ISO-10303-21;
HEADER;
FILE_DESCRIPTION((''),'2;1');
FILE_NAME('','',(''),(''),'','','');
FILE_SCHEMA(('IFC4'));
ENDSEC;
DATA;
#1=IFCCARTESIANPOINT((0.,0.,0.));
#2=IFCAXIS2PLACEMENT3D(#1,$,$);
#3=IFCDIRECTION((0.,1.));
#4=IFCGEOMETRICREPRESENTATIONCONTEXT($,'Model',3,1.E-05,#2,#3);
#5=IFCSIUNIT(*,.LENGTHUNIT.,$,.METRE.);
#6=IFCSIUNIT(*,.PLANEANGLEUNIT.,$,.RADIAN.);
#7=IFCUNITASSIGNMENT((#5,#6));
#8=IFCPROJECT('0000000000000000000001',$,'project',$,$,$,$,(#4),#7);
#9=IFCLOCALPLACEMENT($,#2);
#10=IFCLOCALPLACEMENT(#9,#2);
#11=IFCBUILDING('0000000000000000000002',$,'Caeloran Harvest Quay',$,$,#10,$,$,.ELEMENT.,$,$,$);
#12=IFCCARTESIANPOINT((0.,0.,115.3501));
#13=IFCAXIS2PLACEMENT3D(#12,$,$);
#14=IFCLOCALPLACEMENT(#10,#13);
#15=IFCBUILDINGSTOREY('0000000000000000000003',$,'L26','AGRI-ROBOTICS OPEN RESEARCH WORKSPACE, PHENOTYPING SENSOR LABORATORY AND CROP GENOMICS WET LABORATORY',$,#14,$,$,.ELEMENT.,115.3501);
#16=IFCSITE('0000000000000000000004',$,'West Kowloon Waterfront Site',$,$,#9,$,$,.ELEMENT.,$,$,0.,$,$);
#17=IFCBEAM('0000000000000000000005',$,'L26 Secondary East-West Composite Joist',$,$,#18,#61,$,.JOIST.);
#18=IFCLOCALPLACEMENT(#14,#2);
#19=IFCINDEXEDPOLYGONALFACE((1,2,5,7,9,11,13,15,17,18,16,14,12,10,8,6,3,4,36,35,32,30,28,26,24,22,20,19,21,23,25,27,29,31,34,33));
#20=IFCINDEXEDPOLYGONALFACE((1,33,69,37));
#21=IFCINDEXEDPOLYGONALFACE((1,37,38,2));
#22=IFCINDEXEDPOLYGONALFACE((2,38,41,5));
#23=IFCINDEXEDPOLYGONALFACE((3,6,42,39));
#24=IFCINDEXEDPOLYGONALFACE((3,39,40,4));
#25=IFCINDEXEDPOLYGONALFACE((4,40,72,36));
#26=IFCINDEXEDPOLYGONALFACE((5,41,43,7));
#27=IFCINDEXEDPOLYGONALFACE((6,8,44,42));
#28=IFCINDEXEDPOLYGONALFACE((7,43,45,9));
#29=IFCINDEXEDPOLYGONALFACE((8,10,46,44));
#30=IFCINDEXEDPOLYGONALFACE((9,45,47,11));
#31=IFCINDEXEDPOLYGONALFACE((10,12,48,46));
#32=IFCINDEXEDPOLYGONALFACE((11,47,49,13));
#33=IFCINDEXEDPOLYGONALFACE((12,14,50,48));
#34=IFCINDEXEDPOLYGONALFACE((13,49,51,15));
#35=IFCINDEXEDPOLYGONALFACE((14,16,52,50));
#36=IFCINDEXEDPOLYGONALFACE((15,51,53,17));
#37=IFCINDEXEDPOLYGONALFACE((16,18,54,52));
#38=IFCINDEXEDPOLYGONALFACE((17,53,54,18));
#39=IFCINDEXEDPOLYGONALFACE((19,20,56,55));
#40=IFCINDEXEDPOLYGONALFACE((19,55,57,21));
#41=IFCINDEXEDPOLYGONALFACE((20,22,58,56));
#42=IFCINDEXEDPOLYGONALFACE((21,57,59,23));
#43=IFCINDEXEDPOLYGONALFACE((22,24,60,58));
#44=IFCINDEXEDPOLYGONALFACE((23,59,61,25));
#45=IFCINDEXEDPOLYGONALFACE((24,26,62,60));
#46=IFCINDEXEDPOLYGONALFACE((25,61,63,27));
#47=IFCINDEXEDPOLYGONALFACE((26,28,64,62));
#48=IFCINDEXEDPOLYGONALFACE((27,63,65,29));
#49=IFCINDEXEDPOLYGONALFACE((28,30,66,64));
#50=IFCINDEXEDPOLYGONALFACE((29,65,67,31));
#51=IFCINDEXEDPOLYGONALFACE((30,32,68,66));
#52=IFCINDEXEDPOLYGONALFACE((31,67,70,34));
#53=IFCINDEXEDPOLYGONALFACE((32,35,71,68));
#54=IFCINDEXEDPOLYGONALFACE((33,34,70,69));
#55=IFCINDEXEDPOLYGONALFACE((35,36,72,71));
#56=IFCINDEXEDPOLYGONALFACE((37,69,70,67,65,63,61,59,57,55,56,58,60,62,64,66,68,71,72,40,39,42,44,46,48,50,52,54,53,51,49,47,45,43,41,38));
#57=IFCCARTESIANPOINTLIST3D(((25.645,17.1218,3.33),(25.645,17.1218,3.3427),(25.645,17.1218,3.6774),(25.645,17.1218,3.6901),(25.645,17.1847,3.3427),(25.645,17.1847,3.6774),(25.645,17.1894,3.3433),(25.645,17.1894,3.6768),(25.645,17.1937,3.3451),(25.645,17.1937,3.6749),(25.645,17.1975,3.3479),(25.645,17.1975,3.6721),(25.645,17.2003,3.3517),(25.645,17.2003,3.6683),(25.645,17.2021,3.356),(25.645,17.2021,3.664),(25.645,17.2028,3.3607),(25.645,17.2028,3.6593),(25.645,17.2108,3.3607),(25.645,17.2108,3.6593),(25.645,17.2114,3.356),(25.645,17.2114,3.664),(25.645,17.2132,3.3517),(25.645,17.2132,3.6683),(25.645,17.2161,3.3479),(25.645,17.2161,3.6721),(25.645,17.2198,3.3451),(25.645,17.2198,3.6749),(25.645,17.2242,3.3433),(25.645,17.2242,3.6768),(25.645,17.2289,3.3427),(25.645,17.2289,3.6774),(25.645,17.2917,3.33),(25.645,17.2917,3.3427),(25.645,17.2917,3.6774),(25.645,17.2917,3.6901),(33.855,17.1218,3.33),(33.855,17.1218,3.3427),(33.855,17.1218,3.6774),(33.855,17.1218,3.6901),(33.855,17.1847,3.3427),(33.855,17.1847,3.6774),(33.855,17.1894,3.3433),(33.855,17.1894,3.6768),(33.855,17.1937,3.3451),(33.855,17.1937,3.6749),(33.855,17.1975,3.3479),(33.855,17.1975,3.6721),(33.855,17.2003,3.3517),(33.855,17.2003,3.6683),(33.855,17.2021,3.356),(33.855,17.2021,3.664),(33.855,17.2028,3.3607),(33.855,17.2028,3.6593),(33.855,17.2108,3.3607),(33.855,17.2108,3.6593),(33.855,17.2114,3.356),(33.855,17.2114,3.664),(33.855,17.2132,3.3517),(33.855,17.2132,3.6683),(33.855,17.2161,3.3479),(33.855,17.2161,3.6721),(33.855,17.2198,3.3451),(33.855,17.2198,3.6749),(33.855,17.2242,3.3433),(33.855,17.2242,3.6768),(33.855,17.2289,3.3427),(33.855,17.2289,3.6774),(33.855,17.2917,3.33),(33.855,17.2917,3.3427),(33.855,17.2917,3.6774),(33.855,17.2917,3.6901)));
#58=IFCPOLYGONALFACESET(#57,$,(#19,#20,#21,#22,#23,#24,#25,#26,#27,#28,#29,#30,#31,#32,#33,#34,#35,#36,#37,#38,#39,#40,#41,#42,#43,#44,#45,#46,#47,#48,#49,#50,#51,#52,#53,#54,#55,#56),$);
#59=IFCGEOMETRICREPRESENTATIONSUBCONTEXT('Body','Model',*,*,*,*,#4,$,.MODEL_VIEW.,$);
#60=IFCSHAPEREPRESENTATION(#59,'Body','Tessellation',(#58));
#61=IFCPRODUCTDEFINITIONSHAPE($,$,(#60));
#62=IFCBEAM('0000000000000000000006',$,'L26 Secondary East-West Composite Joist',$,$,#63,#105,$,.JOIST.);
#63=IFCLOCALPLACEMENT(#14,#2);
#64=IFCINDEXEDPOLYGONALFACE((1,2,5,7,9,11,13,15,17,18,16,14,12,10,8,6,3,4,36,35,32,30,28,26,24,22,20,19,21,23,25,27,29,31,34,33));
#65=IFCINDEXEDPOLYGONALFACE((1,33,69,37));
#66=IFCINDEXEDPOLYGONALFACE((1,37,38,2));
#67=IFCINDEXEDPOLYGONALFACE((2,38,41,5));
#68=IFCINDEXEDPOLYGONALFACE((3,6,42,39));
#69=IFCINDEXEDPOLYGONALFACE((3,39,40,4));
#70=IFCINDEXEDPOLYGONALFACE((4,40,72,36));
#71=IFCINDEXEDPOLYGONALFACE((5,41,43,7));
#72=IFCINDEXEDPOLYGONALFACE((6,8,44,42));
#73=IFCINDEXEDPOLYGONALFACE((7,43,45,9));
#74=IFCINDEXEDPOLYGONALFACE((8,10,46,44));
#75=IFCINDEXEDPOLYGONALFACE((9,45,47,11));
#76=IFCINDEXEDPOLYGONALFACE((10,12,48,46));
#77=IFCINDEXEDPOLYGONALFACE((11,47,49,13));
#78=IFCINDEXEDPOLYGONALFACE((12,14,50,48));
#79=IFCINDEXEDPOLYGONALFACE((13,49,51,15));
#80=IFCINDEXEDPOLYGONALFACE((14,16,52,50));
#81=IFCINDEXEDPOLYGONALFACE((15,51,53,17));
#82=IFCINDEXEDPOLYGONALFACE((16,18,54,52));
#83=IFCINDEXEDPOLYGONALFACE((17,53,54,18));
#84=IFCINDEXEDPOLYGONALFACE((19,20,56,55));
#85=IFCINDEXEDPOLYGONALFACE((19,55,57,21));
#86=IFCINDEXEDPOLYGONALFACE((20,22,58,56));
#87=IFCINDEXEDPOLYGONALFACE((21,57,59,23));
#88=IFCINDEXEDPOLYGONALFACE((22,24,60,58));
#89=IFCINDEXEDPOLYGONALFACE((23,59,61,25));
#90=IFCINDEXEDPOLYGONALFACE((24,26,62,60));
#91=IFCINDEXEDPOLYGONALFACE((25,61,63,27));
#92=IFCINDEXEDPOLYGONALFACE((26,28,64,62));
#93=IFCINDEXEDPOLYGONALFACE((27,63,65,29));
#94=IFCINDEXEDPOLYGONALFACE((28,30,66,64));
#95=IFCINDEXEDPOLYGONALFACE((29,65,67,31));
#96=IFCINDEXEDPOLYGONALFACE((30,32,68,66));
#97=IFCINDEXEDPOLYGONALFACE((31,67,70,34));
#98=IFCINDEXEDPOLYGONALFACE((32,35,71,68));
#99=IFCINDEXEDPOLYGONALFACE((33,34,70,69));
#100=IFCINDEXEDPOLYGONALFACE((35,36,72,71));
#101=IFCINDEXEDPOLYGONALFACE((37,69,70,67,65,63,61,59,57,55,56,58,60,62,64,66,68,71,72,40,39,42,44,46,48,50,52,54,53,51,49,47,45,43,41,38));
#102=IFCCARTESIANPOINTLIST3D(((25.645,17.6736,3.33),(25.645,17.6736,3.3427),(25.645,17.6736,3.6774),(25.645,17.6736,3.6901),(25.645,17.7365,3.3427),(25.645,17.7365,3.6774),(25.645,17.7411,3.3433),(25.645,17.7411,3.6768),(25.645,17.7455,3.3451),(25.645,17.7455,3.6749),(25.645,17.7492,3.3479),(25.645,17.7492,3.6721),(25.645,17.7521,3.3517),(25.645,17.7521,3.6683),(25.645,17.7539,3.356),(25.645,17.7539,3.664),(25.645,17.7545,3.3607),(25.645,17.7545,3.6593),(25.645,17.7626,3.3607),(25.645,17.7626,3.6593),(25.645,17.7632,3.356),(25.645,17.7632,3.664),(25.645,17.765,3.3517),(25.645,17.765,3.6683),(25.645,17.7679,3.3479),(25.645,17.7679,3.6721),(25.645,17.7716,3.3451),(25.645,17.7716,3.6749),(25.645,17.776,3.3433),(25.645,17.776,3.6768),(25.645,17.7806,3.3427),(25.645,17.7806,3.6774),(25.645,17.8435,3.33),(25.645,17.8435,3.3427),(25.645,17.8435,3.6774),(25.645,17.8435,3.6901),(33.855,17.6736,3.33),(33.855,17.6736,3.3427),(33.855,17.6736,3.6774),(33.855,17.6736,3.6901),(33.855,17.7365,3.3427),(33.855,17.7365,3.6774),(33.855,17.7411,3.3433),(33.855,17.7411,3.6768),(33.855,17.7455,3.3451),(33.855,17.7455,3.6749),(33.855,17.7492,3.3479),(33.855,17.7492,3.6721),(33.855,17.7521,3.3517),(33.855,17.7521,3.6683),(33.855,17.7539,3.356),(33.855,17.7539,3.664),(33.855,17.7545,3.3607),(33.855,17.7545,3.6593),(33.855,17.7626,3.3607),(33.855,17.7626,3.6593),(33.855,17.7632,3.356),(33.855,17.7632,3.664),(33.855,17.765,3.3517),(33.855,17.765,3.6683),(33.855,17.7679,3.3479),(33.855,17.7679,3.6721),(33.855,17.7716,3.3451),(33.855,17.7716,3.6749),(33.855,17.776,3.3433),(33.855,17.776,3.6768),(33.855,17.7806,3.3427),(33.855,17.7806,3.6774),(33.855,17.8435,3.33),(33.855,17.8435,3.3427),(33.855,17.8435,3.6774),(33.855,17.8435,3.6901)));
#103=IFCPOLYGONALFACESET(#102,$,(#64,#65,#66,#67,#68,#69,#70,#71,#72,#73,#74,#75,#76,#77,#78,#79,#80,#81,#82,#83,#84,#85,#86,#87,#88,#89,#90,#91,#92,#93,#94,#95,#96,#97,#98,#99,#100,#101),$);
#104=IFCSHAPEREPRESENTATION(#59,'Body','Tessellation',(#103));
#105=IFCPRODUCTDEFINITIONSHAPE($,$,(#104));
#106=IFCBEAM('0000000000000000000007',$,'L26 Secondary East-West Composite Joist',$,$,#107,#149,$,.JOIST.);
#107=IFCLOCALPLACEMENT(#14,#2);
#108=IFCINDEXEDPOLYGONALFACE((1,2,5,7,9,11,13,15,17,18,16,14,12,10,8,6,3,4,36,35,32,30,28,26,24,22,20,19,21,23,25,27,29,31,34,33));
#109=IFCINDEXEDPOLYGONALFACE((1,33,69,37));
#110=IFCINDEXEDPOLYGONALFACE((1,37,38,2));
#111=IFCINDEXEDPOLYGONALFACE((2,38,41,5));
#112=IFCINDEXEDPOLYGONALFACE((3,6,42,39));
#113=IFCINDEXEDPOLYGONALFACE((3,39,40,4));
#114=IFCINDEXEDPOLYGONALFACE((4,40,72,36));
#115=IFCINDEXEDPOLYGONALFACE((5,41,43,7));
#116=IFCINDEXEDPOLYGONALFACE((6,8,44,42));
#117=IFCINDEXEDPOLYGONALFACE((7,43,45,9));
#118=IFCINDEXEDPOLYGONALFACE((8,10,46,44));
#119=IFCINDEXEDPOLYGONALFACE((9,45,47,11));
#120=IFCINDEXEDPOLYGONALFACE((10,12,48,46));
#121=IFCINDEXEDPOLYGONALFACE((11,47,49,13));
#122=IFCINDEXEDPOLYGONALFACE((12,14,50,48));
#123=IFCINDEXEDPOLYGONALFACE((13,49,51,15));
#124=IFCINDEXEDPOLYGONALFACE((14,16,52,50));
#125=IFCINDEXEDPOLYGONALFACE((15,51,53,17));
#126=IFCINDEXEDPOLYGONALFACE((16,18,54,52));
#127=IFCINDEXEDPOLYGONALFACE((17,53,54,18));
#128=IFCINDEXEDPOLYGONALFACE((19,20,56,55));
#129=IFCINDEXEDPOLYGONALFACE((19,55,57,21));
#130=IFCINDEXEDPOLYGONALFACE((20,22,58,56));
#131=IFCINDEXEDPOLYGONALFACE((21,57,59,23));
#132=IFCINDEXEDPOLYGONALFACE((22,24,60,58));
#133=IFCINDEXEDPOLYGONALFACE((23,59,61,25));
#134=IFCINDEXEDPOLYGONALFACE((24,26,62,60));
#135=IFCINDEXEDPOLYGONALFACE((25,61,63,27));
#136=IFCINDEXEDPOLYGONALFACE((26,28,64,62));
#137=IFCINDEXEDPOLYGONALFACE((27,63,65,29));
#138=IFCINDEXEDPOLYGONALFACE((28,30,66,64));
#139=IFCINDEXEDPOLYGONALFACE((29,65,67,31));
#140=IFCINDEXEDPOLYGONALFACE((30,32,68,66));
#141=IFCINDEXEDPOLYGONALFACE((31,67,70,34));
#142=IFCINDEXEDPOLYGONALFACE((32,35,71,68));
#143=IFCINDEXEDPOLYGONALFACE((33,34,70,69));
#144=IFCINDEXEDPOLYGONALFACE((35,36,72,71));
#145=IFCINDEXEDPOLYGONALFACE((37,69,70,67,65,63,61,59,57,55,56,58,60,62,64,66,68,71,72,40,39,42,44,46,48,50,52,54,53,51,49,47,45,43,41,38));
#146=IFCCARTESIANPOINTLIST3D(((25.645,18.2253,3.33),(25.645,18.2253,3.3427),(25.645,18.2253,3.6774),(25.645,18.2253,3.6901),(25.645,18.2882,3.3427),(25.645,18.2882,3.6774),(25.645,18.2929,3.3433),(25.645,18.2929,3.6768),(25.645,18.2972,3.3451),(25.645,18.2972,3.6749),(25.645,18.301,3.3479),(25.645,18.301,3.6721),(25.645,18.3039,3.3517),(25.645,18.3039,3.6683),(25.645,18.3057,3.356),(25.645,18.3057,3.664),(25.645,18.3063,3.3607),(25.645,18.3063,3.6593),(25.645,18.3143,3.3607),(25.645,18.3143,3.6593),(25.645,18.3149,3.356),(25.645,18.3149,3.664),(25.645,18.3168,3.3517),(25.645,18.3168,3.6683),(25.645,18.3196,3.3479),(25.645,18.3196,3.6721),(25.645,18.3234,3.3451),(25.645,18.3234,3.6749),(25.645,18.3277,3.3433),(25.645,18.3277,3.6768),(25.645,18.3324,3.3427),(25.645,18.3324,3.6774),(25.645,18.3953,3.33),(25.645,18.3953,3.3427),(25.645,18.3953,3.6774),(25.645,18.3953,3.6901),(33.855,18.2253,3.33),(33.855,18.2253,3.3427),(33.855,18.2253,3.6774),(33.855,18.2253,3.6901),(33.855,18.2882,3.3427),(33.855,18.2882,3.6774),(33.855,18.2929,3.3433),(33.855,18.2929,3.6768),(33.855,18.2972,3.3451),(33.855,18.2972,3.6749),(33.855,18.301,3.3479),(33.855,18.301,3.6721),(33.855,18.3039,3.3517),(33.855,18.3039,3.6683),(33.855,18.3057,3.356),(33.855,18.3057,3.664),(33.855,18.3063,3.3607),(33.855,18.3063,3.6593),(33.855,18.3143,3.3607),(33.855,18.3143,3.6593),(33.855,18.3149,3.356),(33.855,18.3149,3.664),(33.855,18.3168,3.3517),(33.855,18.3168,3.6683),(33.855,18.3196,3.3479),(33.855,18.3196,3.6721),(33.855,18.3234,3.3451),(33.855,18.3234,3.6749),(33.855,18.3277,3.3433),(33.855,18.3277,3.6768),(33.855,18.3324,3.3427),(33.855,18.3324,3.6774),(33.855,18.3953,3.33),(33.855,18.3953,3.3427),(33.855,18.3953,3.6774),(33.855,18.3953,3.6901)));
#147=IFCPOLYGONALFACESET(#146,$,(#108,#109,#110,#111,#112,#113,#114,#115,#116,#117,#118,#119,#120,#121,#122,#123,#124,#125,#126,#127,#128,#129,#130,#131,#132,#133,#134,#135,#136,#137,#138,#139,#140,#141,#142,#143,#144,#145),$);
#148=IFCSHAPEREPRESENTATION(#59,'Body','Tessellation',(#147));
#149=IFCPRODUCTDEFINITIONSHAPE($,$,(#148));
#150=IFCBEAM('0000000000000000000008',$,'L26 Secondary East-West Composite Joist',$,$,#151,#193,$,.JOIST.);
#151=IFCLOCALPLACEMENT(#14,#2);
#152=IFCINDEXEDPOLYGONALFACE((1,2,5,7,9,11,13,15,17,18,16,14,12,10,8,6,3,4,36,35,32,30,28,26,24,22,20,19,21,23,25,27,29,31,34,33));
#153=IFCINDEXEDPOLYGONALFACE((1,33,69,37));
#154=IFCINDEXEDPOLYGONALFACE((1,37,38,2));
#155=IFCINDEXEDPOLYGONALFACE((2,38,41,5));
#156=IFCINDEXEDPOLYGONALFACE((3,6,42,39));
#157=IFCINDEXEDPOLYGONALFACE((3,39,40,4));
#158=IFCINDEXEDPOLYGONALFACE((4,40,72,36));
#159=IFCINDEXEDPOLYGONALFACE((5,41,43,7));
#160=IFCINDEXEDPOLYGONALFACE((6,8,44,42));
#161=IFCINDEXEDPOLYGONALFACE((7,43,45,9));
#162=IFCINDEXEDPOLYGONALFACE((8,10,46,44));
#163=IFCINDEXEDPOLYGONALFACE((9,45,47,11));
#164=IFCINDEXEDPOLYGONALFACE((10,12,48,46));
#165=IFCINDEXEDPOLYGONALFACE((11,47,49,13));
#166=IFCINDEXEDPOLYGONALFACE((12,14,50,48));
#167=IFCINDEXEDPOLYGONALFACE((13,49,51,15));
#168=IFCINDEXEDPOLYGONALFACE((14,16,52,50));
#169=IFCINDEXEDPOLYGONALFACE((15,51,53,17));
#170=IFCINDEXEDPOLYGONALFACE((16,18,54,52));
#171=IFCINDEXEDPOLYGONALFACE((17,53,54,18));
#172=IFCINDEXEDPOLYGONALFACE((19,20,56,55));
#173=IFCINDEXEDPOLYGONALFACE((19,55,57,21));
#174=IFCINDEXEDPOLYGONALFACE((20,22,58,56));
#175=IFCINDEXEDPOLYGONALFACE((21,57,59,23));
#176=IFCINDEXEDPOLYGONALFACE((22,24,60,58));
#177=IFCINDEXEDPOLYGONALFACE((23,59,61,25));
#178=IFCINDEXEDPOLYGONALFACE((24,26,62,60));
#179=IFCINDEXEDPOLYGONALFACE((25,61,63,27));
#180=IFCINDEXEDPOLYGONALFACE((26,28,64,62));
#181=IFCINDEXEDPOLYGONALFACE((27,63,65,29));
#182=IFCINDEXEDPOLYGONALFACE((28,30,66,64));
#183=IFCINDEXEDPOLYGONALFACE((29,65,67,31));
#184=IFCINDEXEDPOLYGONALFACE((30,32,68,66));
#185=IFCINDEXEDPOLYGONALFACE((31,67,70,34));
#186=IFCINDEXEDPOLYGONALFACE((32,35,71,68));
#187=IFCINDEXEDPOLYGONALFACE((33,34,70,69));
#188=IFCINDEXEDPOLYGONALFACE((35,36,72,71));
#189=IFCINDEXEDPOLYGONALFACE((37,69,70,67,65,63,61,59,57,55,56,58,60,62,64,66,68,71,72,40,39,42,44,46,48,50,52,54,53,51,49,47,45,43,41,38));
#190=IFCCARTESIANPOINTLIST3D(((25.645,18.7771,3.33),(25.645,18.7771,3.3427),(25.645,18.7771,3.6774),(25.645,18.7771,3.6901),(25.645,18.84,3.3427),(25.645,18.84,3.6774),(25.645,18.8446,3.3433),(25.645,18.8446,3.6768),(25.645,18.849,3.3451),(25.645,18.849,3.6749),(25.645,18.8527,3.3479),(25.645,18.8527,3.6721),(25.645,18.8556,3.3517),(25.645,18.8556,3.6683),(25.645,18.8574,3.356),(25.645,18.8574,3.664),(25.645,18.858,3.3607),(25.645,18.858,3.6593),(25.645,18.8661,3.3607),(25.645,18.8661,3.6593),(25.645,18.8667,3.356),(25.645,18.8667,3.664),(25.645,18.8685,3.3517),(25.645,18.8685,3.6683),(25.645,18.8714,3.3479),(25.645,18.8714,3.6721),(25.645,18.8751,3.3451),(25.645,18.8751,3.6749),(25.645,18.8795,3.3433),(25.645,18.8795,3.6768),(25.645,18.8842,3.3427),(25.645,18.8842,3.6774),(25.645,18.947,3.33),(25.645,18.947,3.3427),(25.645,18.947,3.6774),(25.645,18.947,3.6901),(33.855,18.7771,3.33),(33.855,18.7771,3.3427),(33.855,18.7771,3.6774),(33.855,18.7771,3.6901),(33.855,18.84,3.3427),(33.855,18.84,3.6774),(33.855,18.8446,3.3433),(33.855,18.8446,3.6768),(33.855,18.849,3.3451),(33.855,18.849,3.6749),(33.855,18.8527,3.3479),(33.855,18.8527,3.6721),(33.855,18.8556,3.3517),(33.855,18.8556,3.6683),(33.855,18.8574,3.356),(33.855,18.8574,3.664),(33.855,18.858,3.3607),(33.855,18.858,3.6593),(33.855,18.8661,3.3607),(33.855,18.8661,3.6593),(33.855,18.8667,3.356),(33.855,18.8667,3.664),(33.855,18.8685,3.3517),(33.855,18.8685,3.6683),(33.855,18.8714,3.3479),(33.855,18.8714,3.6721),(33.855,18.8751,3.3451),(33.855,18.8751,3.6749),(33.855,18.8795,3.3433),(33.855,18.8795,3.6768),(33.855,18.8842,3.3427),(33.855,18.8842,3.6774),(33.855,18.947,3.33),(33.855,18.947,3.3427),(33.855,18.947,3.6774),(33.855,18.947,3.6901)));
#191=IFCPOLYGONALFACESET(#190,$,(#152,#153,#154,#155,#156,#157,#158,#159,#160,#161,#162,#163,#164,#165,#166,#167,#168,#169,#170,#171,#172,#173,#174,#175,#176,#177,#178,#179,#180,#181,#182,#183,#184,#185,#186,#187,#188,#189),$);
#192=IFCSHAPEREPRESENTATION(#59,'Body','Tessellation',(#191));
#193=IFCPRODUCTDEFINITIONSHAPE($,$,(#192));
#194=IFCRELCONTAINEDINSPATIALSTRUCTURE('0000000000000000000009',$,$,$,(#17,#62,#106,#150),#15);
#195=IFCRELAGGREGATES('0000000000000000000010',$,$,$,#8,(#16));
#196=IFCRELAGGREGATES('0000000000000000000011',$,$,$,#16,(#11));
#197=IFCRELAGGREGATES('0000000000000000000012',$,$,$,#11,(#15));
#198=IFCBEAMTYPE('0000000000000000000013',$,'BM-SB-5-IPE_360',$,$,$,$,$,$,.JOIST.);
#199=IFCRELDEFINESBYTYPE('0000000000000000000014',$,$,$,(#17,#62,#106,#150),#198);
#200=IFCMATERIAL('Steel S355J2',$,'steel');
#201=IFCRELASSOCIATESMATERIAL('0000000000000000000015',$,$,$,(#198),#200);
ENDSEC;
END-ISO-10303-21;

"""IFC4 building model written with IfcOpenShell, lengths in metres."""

from ifc_helpers import new_model, si_unit, direction, frame, origin, origin_2d, place, context, subcontext, project, spatial, i_section, extrude, material, material_profile, profile_set, type_object, element, save


model = new_model("IFC4")

# Units and contexts
model_context = context("Model", 3, precision=1e-05, world=origin(), true_north=direction((0.0, 1.0)))
body_context = subcontext(model_context, "Body", "Model", "MODEL_VIEW")
ifc_project = project(units=[si_unit("LENGTHUNIT", "METRE"), si_unit("PLANEANGLEUNIT", "RADIAN")], contexts=[model_context])

# Site, building, storey
site_placement = place(None, origin())
site = spatial("IfcSite", under=ifc_project, at=site_placement, Name="West Kowloon Waterfront Site", CompositionType="ELEMENT", RefElevation=0.0)
building_placement = place(site_placement, origin())
building = spatial("IfcBuilding", under=site, at=building_placement, Name="Caeloran Harvest Quay", CompositionType="ELEMENT")
storey_placement = place(building_placement, frame((0.0, 0.0, 115.3501)))
storey = spatial("IfcBuildingStorey", under=building, at=storey_placement, Name="L26", Description="AGRI-ROBOTICS OPEN RESEARCH WORKSPACE, PHENOTYPING SENSOR LABORATORY AND CROP GENOMICS WET LABORATORY", CompositionType="ELEMENT", Elevation=115.3501)

# Beams
ifc_material_1 = material(Name="Steel S355J2", Category="steel")
ifc_material_profile_1 = material_profile(ifc_material_1, i_section(OverallWidth=0.1699, OverallDepth=0.3601, WebThickness=0.0081, FlangeThickness=0.0127, FilletRadius=0.0181, at=origin_2d()), Name="IPE 360")
ifc_profile_set_1 = profile_set([ifc_material_profile_1], Name="Steel S355J2")
beam_type_1 = type_object("IfcBeamType", Name="BM-SB-5-IPE_360", PredefinedType="JOIST", material=ifc_profile_set_1)
for number, where, z_axis, x_axis, name in (
    (1, (25.645, 17.2068, 3.51), (1.0, 0.0, 0.0), (0.0, 1.0, 0.0), "L26 Secondary East-West Composite Joist"),
    (2, (25.645, 17.7585, 3.51), (1.0, 0.0, 0.0), (0.0, 1.0, 0.0), "L26 Secondary East-West Composite Joist"),
    (3, (25.645, 18.3103, 3.51), (1.0, 0.0, 0.0), (0.0, 1.0, 0.0), "L26 Secondary East-West Composite Joist"),
    (4, (25.645, 18.8621, 3.51), (1.0, 0.0, 0.0), (0.0, 1.0, 0.0), "L26 Secondary East-West Composite Joist"),
):
    element("IfcBeam", number, at=place(storey_placement, frame(where, z_axis=z_axis, x_axis=x_axis)), inside=storey, type_object=beam_type_1, Name=name, PredefinedType="JOIST", context=body_context, shape_type="SweptSolid", body=[
        extrude(i_section(OverallWidth=0.1699, OverallDepth=0.3601, WebThickness=0.0081, FlangeThickness=0.0127, FilletRadius=0.0181, at=origin_2d()), origin(), (0.0, 0.0, 1.0), 8.21),
    ])

save(model, "model.ifc")
